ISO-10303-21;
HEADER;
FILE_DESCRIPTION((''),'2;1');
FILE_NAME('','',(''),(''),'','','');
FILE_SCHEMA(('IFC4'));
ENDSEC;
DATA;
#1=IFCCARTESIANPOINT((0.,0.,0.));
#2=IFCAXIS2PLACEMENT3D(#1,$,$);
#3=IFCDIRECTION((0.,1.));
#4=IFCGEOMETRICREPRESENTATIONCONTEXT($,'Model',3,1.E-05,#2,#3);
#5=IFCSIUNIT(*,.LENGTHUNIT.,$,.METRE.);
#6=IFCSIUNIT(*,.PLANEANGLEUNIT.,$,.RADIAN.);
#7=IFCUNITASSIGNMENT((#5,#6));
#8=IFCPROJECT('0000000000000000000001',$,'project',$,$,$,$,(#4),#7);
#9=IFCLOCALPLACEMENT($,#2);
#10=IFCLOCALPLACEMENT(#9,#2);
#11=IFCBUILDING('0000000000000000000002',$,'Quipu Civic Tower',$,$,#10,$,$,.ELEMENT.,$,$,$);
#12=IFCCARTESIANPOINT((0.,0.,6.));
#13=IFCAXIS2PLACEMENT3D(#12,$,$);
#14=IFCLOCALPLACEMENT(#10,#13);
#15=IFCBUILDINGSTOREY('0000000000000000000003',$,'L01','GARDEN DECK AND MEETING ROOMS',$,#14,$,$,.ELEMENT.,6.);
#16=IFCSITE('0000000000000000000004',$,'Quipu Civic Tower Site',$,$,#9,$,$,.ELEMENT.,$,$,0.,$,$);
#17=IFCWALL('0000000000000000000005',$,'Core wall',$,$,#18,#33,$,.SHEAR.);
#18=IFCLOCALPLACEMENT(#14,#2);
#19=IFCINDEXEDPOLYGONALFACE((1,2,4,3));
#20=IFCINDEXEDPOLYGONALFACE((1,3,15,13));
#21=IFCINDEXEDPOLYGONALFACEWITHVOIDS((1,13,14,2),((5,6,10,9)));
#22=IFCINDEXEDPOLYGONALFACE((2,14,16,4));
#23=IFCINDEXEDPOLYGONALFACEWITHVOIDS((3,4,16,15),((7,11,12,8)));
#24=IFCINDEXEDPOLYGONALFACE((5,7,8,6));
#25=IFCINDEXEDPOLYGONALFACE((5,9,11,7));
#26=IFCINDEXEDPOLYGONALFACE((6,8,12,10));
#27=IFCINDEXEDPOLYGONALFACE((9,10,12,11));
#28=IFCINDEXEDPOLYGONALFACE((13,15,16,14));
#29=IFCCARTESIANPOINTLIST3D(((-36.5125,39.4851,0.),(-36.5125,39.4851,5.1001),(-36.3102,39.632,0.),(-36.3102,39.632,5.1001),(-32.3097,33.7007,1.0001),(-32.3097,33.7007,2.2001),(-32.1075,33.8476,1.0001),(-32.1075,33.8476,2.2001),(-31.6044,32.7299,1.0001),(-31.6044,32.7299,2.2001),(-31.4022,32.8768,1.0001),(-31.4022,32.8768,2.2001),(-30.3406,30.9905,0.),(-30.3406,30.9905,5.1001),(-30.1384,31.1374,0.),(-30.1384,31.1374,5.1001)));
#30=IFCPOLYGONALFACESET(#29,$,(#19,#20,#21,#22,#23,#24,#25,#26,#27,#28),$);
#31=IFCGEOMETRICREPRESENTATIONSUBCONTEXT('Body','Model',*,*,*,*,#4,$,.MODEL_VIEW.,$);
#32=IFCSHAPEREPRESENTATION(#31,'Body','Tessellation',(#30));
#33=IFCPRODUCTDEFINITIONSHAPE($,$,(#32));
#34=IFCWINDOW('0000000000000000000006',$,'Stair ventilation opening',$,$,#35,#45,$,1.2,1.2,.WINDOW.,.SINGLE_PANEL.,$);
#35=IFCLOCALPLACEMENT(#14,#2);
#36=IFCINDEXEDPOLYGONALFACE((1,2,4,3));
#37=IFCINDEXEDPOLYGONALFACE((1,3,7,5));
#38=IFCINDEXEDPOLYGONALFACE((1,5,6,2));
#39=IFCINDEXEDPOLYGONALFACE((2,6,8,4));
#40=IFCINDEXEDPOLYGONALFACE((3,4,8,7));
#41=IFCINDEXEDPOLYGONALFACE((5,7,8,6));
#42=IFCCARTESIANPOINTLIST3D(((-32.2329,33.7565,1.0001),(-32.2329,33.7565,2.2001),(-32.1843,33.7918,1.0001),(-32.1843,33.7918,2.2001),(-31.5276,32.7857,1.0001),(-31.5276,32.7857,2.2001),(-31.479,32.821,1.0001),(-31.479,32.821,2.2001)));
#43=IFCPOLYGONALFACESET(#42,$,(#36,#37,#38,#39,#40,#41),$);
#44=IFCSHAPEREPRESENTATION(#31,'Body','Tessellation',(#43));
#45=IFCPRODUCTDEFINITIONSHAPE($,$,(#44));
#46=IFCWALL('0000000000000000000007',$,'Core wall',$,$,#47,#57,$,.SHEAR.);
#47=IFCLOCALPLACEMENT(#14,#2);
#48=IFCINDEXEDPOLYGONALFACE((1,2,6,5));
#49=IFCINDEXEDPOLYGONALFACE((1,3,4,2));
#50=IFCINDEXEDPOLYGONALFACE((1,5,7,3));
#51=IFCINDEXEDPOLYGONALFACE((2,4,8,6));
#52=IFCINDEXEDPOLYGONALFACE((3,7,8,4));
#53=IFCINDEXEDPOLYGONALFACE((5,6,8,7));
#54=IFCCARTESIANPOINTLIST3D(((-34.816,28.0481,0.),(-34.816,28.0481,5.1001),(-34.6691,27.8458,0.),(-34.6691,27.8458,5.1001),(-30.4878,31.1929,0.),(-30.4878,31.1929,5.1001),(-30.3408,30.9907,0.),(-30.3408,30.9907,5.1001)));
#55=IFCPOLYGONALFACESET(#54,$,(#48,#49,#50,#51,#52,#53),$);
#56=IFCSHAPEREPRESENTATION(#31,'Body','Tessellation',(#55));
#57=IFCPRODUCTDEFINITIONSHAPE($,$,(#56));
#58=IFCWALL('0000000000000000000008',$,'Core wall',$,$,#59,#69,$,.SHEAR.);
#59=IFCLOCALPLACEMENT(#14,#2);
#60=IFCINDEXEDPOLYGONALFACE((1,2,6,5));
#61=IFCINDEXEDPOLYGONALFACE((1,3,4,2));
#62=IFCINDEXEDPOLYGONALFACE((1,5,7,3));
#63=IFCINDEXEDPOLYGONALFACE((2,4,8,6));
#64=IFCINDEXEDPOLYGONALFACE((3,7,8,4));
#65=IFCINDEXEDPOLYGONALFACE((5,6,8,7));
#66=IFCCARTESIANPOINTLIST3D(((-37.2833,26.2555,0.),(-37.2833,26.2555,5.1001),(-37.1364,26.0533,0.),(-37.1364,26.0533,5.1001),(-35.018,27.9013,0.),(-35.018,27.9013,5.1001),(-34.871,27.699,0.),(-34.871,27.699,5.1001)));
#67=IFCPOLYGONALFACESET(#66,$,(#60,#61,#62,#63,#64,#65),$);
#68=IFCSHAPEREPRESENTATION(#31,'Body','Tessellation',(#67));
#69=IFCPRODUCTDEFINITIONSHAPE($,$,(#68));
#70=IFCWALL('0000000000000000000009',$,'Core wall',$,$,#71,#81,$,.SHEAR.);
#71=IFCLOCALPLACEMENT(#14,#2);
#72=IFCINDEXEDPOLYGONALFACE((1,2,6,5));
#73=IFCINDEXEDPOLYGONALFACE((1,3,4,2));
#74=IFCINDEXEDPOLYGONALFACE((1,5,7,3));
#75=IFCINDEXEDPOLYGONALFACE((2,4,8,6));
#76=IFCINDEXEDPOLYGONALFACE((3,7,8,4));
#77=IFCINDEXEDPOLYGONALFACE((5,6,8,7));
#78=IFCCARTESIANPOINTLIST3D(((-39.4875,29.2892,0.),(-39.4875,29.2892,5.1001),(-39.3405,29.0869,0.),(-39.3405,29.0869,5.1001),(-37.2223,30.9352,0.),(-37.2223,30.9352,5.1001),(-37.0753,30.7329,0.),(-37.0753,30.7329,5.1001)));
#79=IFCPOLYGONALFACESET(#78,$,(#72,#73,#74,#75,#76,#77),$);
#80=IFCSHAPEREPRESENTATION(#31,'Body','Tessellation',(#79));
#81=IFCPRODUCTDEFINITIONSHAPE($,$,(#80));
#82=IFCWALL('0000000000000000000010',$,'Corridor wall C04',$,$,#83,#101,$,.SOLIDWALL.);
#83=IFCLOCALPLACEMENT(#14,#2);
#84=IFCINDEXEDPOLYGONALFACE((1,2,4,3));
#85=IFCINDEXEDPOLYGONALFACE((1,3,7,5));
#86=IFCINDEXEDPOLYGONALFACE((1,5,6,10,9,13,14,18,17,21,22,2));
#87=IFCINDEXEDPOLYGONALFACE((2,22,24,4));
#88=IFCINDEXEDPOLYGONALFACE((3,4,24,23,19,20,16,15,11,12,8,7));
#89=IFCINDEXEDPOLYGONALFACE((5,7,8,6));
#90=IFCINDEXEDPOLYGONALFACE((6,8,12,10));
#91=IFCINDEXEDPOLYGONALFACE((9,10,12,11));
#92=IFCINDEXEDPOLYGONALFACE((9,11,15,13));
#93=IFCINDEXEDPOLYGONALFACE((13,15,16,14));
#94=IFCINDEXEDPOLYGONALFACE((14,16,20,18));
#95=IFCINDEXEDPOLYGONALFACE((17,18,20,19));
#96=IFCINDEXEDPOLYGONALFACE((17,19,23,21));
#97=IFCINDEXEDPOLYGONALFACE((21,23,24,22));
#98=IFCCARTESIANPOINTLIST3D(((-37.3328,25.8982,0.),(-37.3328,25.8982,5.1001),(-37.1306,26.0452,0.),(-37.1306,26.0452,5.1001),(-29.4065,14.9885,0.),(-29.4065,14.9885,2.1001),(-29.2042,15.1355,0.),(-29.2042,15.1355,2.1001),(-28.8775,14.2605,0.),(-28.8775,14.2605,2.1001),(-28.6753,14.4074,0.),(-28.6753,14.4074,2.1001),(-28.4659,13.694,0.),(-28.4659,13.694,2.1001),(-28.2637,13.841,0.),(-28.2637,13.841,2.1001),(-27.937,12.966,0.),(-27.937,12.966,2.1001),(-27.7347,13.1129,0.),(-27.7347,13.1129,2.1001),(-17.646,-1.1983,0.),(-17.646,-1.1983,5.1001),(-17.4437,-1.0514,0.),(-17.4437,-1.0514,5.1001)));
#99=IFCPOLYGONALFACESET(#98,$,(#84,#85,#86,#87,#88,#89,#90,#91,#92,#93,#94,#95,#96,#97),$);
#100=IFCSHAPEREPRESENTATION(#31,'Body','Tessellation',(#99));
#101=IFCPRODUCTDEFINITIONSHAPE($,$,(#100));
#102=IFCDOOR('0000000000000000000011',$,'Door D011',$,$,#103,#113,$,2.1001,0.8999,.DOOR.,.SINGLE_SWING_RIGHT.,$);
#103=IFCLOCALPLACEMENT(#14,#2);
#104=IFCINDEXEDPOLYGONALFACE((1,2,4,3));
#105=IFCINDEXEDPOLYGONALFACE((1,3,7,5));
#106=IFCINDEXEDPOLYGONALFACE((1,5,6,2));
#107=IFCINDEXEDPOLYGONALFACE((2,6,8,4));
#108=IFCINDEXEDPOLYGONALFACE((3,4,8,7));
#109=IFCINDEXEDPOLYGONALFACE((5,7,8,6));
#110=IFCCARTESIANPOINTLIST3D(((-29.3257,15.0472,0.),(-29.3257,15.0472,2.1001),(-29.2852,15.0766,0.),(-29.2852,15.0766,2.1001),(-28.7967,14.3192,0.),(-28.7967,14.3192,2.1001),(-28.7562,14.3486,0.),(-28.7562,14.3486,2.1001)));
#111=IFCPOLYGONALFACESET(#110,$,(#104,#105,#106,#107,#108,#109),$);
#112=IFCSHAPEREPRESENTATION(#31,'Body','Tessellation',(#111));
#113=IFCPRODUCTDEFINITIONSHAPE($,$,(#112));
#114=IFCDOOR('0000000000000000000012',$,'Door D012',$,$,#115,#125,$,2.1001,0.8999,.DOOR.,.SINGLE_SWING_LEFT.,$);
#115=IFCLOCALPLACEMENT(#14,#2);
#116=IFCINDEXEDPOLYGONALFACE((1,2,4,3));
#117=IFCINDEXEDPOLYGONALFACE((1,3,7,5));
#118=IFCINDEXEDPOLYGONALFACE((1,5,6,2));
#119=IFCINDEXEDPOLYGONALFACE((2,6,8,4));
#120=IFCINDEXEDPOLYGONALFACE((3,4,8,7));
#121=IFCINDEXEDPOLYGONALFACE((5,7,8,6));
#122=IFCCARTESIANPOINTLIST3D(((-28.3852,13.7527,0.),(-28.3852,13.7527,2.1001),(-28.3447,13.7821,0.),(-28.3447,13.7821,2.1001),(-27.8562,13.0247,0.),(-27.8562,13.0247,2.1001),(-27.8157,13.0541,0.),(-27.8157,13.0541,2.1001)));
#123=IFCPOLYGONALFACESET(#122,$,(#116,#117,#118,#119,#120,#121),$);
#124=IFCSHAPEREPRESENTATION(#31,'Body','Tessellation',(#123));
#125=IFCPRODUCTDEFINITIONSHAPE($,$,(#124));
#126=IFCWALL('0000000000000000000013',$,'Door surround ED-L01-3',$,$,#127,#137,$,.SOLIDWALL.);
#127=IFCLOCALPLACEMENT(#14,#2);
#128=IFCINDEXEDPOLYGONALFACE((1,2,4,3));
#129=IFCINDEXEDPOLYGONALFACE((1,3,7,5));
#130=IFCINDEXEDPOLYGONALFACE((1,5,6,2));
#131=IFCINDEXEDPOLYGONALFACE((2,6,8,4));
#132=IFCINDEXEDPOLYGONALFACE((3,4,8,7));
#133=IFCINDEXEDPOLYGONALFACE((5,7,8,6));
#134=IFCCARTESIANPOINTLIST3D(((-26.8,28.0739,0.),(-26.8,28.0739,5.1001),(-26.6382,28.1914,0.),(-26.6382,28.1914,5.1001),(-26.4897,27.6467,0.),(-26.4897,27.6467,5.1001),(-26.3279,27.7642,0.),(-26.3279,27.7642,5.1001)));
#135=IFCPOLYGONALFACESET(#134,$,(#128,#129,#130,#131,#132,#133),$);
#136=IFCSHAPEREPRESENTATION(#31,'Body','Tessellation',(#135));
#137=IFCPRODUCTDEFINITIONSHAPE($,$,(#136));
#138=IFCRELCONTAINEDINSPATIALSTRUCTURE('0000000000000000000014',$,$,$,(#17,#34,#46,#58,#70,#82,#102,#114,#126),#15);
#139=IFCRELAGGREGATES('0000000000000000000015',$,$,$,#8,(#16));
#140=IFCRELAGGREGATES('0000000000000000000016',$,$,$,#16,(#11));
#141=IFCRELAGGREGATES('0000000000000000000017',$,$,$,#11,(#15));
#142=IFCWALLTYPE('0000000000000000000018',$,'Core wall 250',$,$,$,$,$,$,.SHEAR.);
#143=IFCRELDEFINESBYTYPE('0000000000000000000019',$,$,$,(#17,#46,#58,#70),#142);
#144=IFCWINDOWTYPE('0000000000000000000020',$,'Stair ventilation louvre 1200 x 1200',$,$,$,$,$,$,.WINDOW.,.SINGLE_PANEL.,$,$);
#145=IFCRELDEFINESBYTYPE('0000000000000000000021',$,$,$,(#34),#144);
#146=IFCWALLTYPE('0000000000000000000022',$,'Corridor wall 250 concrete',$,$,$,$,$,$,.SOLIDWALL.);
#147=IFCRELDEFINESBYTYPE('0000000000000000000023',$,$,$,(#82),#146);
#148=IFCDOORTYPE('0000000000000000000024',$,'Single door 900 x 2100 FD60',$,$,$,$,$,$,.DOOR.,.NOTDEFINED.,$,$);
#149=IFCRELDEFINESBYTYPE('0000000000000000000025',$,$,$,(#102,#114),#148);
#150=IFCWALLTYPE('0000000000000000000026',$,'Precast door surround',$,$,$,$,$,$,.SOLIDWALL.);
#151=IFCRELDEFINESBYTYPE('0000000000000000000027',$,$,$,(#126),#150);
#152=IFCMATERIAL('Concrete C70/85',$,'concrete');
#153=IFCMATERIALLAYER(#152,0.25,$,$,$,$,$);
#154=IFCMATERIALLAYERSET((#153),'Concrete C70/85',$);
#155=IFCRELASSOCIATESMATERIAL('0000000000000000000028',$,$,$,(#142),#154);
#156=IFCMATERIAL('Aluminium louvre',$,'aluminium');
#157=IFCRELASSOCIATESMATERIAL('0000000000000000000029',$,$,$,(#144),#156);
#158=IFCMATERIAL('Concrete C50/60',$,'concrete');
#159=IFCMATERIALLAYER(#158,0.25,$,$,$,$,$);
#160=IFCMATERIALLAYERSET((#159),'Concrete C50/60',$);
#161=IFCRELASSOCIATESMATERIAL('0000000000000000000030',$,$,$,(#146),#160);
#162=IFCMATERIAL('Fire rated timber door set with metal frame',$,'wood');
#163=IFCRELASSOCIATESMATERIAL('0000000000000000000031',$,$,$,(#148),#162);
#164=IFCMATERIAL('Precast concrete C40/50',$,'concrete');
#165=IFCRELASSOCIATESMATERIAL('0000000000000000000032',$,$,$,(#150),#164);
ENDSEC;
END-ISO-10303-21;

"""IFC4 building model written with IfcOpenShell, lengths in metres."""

from ifc_helpers import new_model, si_unit, direction, frame, frame_2d, origin, place, context, subcontext, project, spatial, rectangle, extrude, material, layer, layer_set, type_object, element, fill, save


model = new_model("IFC4")

# Units and contexts
model_context = context("Model", 3, precision=1e-05, world=origin(), true_north=direction((0.0, 1.0)))
body_context = subcontext(model_context, "Body", "Model", "MODEL_VIEW")
ifc_project = project(units=[si_unit("LENGTHUNIT", "METRE"), si_unit("PLANEANGLEUNIT", "RADIAN")], contexts=[model_context])

# Site, building, storey
site_placement = place(None, origin())
site = spatial("IfcSite", under=ifc_project, at=site_placement, Name="Quipu Civic Tower Site", CompositionType="ELEMENT", RefElevation=0.0)
building_placement = place(site_placement, origin())
building = spatial("IfcBuilding", under=site, at=building_placement, Name="Quipu Civic Tower", CompositionType="ELEMENT")
storey_placement = place(building_placement, frame((0.0, 0.0, 6.0)))
storey = spatial("IfcBuildingStorey", under=building, at=storey_placement, Name="L01", Description="GARDEN DECK AND MEETING ROOMS", CompositionType="ELEMENT", Elevation=6.0)

# Wall, opening, window
ifc_material_1 = material(Name="Concrete C70/85", Category="concrete")
ifc_layer_1 = layer(ifc_material_1, 0.25)
ifc_layer_set_1 = layer_set([ifc_layer_1], Name="Concrete C70/85")
wall_type_1 = type_object("IfcWallType", Name="Core wall 250", PredefinedType="SHEAR", material=ifc_layer_set_1)
wall_1_placement = place(storey_placement, frame((-30.2395, 31.064, 0.0), z_axis=(0.0, 0.0, 1.0), x_axis=(-0.587796, 0.809009, 0.0)))
wall_1 = element("IfcWall", 1, at=wall_1_placement, inside=storey, type_object=wall_type_1, Name="Core wall", PredefinedType="SHEAR", context=body_context, shape_type="SweptSolid", body=[
    extrude(rectangle(XDim=10.5, YDim=0.25, at=frame_2d((5.25, 0.0))), origin(), (0.0, 0.0, 1.0), 5.1001),
])
opening_1_placement = place(wall_1_placement, frame((2.1499, 0.0, 1.0)))
opening_1 = element("IfcOpeningElement", 2, at=opening_1_placement, cuts=wall_1, PredefinedType="OPENING", context=body_context, shape_type="SweptSolid", body=[
    extrude(rectangle(XDim=1.2, YDim=1.2, at=frame_2d((0.6001, 0.6001))), frame((0.0, 0.135, 0.0), z_axis=(0.0, -1.0, 0.0), x_axis=(1.0, 0.0, 0.0)), (0.0, 0.0, 1.0), 0.27),
])
ifc_material_2 = material(Name="Aluminium louvre", Category="aluminium")
window_type = type_object("IfcWindowType", Name="Stair ventilation louvre 1200 x 1200", PartitioningType="SINGLE_PANEL", PredefinedType="WINDOW", material=ifc_material_2)
window_placement = place(opening_1_placement, origin())
window = element("IfcWindow", 3, at=window_placement, inside=storey, type_object=window_type, Name="Stair ventilation opening", OverallHeight=1.2, OverallWidth=1.2, PartitioningType="SINGLE_PANEL", PredefinedType="WINDOW", context=body_context, shape_type="SweptSolid", body=[
    extrude(rectangle(XDim=1.2, YDim=1.2, at=frame_2d((0.6001, 0.6001))), frame((0.0, 0.03, 0.0), z_axis=(0.0, -1.0, 0.0), x_axis=(1.0, 0.0, 0.0)), (0.0, 0.0, 1.0), 0.0601),
])
fill(opening_1, window)

# Walls
wall_2_placement = place(storey_placement, frame((-30.4143, 31.0918, 0.0), z_axis=(0.0, 0.0, 1.0), x_axis=(-0.808998, -0.587811, 0.0)))
element("IfcWall", 4, at=wall_2_placement, inside=storey, type_object=wall_type_1, Name="Core wall", PredefinedType="SHEAR", context=body_context, shape_type="SweptSolid", body=[
    extrude(rectangle(XDim=5.3501, YDim=0.25, at=frame_2d((2.675, 0.0))), origin(), (0.0, 0.0, 1.0), 5.1001),
])
for number, where, z_axis, x_axis, name in (
    (5, (-34.9446, 27.8, 0.0), (0.0, 0.0, 1.0), (-0.809041, -0.587752, 0.0), "Core wall"),
    (6, (-37.1489, 30.834, 0.0), (0.0, 0.0, 1.0), (-0.80897, -0.58785, 0.0), "Core wall"),
):
    element("IfcWall", number, at=place(storey_placement, frame(where, z_axis=z_axis, x_axis=x_axis)), inside=storey, type_object=wall_type_1, Name=name, PredefinedType="SHEAR", context=body_context, shape_type="SweptSolid", body=[
        extrude(rectangle(XDim=2.8, YDim=0.25, at=frame_2d((1.3999, 0.0))), origin(), (0.0, 0.0, 1.0), 5.1001),
    ])

# Wall, openings, doors
ifc_material_3 = material(Name="Concrete C50/60", Category="concrete")
ifc_layer_2 = layer(ifc_material_3, 0.25)
ifc_layer_set_2 = layer_set([ifc_layer_2], Name="Concrete C50/60")
wall_type_2 = type_object("IfcWallType", Name="Corridor wall 250 concrete", PredefinedType="SOLIDWALL", material=ifc_layer_set_2)
wall_3_placement = place(storey_placement, frame((-37.2317, 25.9717, 0.0), z_axis=(0.0, 0.0, 1.0), x_axis=(0.587786, -0.809016, 0.0)))
wall_3 = element("IfcWall", 7, at=wall_3_placement, inside=storey, type_object=wall_type_2, Name="Corridor wall C04", PredefinedType="SOLIDWALL", context=body_context, shape_type="SweptSolid", body=[
    extrude(rectangle(XDim=33.4932, YDim=0.25, at=frame_2d((16.7466, 0.0))), origin(), (0.0, 0.0, 1.0), 5.1001),
])
opening_2_placement = place(wall_3_placement, frame((13.4851, 0.0, 0.0)))
opening_2 = element("IfcOpeningElement", 8, at=opening_2_placement, cuts=wall_3, PredefinedType="OPENING", context=body_context, shape_type="SweptSolid", body=[
    extrude(rectangle(XDim=0.8999, YDim=2.1001, at=frame_2d((0.45, 1.05))), frame((0.0, 0.135, 0.0), z_axis=(0.0, -1.0, 0.0), x_axis=(1.0, 0.0, 0.0)), (0.0, 0.0, 1.0), 0.27),
])
opening_3_placement = place(wall_3_placement, frame((15.0852, 0.0, 0.0)))
opening_3 = element("IfcOpeningElement", 9, at=opening_3_placement, cuts=wall_3, PredefinedType="OPENING", context=body_context, shape_type="SweptSolid", body=[
    extrude(rectangle(XDim=0.8999, YDim=2.1001, at=frame_2d((0.45, 1.05))), frame((0.0, 0.135, 0.0), z_axis=(0.0, -1.0, 0.0), x_axis=(1.0, 0.0, 0.0)), (0.0, 0.0, 1.0), 0.27),
])
ifc_material_4 = material(Name="Fire rated timber door set with metal frame", Category="wood")
door_type_1 = type_object("IfcDoorType", Name="Single door 900 x 2100 FD60", OperationType="NOTDEFINED", PredefinedType="DOOR", material=ifc_material_4)
door_1_placement = place(opening_2_placement, origin())
door_1 = element("IfcDoor", 10, at=door_1_placement, inside=storey, type_object=door_type_1, Name="Door D011", OperationType="SINGLE_SWING_RIGHT", OverallHeight=2.1001, OverallWidth=0.8999, PredefinedType="DOOR", context=body_context, shape_type="SweptSolid", body=[
    extrude(rectangle(XDim=0.8999, YDim=2.1001, at=frame_2d((0.45, 1.05))), frame((0.0, 0.0249, 0.0), z_axis=(0.0, -1.0, 0.0), x_axis=(1.0, 0.0, 0.0)), (0.0, 0.0, 1.0), 0.05),
])
fill(opening_2, door_1)
door_2_placement = place(opening_3_placement, origin())
door_2 = element("IfcDoor", 11, at=door_2_placement, inside=storey, type_object=door_type_1, Name="Door D012", OperationType="SINGLE_SWING_LEFT", OverallHeight=2.1001, OverallWidth=0.8999, PredefinedType="DOOR", context=body_context, shape_type="SweptSolid", body=[
    extrude(rectangle(XDim=0.8999, YDim=2.1001, at=frame_2d((0.45, 1.05))), frame((0.0, 0.0249, 0.0), z_axis=(0.0, -1.0, 0.0), x_axis=(1.0, 0.0, 0.0)), (0.0, 0.0, 1.0), 0.05),
])
fill(opening_3, door_2)

# Shared definitions
ifc_material_5 = material(Name="Precast concrete C40/50", Category="concrete")
wall_type_3 = type_object("IfcWallType", Name="Precast door surround", PredefinedType="SOLIDWALL", material=ifc_material_5)

# Wall
wall_4_placement = place(storey_placement, frame((-26.4087, 27.7053, 0.0), z_axis=(0.0, 0.0, 1.0), x_axis=(-0.587649, 0.809116, 0.0)))
element("IfcWall", 12, at=wall_4_placement, inside=storey, type_object=wall_type_3, Name="Door surround ED-L01-3", PredefinedType="SOLIDWALL", context=body_context, shape_type="SweptSolid", body=[
    extrude(rectangle(XDim=0.5281, YDim=0.2, at=frame_2d((0.2642, 0.0))), origin(), (0.0, 0.0, 1.0), 5.1001),
])

save(model, "model.ifc")
